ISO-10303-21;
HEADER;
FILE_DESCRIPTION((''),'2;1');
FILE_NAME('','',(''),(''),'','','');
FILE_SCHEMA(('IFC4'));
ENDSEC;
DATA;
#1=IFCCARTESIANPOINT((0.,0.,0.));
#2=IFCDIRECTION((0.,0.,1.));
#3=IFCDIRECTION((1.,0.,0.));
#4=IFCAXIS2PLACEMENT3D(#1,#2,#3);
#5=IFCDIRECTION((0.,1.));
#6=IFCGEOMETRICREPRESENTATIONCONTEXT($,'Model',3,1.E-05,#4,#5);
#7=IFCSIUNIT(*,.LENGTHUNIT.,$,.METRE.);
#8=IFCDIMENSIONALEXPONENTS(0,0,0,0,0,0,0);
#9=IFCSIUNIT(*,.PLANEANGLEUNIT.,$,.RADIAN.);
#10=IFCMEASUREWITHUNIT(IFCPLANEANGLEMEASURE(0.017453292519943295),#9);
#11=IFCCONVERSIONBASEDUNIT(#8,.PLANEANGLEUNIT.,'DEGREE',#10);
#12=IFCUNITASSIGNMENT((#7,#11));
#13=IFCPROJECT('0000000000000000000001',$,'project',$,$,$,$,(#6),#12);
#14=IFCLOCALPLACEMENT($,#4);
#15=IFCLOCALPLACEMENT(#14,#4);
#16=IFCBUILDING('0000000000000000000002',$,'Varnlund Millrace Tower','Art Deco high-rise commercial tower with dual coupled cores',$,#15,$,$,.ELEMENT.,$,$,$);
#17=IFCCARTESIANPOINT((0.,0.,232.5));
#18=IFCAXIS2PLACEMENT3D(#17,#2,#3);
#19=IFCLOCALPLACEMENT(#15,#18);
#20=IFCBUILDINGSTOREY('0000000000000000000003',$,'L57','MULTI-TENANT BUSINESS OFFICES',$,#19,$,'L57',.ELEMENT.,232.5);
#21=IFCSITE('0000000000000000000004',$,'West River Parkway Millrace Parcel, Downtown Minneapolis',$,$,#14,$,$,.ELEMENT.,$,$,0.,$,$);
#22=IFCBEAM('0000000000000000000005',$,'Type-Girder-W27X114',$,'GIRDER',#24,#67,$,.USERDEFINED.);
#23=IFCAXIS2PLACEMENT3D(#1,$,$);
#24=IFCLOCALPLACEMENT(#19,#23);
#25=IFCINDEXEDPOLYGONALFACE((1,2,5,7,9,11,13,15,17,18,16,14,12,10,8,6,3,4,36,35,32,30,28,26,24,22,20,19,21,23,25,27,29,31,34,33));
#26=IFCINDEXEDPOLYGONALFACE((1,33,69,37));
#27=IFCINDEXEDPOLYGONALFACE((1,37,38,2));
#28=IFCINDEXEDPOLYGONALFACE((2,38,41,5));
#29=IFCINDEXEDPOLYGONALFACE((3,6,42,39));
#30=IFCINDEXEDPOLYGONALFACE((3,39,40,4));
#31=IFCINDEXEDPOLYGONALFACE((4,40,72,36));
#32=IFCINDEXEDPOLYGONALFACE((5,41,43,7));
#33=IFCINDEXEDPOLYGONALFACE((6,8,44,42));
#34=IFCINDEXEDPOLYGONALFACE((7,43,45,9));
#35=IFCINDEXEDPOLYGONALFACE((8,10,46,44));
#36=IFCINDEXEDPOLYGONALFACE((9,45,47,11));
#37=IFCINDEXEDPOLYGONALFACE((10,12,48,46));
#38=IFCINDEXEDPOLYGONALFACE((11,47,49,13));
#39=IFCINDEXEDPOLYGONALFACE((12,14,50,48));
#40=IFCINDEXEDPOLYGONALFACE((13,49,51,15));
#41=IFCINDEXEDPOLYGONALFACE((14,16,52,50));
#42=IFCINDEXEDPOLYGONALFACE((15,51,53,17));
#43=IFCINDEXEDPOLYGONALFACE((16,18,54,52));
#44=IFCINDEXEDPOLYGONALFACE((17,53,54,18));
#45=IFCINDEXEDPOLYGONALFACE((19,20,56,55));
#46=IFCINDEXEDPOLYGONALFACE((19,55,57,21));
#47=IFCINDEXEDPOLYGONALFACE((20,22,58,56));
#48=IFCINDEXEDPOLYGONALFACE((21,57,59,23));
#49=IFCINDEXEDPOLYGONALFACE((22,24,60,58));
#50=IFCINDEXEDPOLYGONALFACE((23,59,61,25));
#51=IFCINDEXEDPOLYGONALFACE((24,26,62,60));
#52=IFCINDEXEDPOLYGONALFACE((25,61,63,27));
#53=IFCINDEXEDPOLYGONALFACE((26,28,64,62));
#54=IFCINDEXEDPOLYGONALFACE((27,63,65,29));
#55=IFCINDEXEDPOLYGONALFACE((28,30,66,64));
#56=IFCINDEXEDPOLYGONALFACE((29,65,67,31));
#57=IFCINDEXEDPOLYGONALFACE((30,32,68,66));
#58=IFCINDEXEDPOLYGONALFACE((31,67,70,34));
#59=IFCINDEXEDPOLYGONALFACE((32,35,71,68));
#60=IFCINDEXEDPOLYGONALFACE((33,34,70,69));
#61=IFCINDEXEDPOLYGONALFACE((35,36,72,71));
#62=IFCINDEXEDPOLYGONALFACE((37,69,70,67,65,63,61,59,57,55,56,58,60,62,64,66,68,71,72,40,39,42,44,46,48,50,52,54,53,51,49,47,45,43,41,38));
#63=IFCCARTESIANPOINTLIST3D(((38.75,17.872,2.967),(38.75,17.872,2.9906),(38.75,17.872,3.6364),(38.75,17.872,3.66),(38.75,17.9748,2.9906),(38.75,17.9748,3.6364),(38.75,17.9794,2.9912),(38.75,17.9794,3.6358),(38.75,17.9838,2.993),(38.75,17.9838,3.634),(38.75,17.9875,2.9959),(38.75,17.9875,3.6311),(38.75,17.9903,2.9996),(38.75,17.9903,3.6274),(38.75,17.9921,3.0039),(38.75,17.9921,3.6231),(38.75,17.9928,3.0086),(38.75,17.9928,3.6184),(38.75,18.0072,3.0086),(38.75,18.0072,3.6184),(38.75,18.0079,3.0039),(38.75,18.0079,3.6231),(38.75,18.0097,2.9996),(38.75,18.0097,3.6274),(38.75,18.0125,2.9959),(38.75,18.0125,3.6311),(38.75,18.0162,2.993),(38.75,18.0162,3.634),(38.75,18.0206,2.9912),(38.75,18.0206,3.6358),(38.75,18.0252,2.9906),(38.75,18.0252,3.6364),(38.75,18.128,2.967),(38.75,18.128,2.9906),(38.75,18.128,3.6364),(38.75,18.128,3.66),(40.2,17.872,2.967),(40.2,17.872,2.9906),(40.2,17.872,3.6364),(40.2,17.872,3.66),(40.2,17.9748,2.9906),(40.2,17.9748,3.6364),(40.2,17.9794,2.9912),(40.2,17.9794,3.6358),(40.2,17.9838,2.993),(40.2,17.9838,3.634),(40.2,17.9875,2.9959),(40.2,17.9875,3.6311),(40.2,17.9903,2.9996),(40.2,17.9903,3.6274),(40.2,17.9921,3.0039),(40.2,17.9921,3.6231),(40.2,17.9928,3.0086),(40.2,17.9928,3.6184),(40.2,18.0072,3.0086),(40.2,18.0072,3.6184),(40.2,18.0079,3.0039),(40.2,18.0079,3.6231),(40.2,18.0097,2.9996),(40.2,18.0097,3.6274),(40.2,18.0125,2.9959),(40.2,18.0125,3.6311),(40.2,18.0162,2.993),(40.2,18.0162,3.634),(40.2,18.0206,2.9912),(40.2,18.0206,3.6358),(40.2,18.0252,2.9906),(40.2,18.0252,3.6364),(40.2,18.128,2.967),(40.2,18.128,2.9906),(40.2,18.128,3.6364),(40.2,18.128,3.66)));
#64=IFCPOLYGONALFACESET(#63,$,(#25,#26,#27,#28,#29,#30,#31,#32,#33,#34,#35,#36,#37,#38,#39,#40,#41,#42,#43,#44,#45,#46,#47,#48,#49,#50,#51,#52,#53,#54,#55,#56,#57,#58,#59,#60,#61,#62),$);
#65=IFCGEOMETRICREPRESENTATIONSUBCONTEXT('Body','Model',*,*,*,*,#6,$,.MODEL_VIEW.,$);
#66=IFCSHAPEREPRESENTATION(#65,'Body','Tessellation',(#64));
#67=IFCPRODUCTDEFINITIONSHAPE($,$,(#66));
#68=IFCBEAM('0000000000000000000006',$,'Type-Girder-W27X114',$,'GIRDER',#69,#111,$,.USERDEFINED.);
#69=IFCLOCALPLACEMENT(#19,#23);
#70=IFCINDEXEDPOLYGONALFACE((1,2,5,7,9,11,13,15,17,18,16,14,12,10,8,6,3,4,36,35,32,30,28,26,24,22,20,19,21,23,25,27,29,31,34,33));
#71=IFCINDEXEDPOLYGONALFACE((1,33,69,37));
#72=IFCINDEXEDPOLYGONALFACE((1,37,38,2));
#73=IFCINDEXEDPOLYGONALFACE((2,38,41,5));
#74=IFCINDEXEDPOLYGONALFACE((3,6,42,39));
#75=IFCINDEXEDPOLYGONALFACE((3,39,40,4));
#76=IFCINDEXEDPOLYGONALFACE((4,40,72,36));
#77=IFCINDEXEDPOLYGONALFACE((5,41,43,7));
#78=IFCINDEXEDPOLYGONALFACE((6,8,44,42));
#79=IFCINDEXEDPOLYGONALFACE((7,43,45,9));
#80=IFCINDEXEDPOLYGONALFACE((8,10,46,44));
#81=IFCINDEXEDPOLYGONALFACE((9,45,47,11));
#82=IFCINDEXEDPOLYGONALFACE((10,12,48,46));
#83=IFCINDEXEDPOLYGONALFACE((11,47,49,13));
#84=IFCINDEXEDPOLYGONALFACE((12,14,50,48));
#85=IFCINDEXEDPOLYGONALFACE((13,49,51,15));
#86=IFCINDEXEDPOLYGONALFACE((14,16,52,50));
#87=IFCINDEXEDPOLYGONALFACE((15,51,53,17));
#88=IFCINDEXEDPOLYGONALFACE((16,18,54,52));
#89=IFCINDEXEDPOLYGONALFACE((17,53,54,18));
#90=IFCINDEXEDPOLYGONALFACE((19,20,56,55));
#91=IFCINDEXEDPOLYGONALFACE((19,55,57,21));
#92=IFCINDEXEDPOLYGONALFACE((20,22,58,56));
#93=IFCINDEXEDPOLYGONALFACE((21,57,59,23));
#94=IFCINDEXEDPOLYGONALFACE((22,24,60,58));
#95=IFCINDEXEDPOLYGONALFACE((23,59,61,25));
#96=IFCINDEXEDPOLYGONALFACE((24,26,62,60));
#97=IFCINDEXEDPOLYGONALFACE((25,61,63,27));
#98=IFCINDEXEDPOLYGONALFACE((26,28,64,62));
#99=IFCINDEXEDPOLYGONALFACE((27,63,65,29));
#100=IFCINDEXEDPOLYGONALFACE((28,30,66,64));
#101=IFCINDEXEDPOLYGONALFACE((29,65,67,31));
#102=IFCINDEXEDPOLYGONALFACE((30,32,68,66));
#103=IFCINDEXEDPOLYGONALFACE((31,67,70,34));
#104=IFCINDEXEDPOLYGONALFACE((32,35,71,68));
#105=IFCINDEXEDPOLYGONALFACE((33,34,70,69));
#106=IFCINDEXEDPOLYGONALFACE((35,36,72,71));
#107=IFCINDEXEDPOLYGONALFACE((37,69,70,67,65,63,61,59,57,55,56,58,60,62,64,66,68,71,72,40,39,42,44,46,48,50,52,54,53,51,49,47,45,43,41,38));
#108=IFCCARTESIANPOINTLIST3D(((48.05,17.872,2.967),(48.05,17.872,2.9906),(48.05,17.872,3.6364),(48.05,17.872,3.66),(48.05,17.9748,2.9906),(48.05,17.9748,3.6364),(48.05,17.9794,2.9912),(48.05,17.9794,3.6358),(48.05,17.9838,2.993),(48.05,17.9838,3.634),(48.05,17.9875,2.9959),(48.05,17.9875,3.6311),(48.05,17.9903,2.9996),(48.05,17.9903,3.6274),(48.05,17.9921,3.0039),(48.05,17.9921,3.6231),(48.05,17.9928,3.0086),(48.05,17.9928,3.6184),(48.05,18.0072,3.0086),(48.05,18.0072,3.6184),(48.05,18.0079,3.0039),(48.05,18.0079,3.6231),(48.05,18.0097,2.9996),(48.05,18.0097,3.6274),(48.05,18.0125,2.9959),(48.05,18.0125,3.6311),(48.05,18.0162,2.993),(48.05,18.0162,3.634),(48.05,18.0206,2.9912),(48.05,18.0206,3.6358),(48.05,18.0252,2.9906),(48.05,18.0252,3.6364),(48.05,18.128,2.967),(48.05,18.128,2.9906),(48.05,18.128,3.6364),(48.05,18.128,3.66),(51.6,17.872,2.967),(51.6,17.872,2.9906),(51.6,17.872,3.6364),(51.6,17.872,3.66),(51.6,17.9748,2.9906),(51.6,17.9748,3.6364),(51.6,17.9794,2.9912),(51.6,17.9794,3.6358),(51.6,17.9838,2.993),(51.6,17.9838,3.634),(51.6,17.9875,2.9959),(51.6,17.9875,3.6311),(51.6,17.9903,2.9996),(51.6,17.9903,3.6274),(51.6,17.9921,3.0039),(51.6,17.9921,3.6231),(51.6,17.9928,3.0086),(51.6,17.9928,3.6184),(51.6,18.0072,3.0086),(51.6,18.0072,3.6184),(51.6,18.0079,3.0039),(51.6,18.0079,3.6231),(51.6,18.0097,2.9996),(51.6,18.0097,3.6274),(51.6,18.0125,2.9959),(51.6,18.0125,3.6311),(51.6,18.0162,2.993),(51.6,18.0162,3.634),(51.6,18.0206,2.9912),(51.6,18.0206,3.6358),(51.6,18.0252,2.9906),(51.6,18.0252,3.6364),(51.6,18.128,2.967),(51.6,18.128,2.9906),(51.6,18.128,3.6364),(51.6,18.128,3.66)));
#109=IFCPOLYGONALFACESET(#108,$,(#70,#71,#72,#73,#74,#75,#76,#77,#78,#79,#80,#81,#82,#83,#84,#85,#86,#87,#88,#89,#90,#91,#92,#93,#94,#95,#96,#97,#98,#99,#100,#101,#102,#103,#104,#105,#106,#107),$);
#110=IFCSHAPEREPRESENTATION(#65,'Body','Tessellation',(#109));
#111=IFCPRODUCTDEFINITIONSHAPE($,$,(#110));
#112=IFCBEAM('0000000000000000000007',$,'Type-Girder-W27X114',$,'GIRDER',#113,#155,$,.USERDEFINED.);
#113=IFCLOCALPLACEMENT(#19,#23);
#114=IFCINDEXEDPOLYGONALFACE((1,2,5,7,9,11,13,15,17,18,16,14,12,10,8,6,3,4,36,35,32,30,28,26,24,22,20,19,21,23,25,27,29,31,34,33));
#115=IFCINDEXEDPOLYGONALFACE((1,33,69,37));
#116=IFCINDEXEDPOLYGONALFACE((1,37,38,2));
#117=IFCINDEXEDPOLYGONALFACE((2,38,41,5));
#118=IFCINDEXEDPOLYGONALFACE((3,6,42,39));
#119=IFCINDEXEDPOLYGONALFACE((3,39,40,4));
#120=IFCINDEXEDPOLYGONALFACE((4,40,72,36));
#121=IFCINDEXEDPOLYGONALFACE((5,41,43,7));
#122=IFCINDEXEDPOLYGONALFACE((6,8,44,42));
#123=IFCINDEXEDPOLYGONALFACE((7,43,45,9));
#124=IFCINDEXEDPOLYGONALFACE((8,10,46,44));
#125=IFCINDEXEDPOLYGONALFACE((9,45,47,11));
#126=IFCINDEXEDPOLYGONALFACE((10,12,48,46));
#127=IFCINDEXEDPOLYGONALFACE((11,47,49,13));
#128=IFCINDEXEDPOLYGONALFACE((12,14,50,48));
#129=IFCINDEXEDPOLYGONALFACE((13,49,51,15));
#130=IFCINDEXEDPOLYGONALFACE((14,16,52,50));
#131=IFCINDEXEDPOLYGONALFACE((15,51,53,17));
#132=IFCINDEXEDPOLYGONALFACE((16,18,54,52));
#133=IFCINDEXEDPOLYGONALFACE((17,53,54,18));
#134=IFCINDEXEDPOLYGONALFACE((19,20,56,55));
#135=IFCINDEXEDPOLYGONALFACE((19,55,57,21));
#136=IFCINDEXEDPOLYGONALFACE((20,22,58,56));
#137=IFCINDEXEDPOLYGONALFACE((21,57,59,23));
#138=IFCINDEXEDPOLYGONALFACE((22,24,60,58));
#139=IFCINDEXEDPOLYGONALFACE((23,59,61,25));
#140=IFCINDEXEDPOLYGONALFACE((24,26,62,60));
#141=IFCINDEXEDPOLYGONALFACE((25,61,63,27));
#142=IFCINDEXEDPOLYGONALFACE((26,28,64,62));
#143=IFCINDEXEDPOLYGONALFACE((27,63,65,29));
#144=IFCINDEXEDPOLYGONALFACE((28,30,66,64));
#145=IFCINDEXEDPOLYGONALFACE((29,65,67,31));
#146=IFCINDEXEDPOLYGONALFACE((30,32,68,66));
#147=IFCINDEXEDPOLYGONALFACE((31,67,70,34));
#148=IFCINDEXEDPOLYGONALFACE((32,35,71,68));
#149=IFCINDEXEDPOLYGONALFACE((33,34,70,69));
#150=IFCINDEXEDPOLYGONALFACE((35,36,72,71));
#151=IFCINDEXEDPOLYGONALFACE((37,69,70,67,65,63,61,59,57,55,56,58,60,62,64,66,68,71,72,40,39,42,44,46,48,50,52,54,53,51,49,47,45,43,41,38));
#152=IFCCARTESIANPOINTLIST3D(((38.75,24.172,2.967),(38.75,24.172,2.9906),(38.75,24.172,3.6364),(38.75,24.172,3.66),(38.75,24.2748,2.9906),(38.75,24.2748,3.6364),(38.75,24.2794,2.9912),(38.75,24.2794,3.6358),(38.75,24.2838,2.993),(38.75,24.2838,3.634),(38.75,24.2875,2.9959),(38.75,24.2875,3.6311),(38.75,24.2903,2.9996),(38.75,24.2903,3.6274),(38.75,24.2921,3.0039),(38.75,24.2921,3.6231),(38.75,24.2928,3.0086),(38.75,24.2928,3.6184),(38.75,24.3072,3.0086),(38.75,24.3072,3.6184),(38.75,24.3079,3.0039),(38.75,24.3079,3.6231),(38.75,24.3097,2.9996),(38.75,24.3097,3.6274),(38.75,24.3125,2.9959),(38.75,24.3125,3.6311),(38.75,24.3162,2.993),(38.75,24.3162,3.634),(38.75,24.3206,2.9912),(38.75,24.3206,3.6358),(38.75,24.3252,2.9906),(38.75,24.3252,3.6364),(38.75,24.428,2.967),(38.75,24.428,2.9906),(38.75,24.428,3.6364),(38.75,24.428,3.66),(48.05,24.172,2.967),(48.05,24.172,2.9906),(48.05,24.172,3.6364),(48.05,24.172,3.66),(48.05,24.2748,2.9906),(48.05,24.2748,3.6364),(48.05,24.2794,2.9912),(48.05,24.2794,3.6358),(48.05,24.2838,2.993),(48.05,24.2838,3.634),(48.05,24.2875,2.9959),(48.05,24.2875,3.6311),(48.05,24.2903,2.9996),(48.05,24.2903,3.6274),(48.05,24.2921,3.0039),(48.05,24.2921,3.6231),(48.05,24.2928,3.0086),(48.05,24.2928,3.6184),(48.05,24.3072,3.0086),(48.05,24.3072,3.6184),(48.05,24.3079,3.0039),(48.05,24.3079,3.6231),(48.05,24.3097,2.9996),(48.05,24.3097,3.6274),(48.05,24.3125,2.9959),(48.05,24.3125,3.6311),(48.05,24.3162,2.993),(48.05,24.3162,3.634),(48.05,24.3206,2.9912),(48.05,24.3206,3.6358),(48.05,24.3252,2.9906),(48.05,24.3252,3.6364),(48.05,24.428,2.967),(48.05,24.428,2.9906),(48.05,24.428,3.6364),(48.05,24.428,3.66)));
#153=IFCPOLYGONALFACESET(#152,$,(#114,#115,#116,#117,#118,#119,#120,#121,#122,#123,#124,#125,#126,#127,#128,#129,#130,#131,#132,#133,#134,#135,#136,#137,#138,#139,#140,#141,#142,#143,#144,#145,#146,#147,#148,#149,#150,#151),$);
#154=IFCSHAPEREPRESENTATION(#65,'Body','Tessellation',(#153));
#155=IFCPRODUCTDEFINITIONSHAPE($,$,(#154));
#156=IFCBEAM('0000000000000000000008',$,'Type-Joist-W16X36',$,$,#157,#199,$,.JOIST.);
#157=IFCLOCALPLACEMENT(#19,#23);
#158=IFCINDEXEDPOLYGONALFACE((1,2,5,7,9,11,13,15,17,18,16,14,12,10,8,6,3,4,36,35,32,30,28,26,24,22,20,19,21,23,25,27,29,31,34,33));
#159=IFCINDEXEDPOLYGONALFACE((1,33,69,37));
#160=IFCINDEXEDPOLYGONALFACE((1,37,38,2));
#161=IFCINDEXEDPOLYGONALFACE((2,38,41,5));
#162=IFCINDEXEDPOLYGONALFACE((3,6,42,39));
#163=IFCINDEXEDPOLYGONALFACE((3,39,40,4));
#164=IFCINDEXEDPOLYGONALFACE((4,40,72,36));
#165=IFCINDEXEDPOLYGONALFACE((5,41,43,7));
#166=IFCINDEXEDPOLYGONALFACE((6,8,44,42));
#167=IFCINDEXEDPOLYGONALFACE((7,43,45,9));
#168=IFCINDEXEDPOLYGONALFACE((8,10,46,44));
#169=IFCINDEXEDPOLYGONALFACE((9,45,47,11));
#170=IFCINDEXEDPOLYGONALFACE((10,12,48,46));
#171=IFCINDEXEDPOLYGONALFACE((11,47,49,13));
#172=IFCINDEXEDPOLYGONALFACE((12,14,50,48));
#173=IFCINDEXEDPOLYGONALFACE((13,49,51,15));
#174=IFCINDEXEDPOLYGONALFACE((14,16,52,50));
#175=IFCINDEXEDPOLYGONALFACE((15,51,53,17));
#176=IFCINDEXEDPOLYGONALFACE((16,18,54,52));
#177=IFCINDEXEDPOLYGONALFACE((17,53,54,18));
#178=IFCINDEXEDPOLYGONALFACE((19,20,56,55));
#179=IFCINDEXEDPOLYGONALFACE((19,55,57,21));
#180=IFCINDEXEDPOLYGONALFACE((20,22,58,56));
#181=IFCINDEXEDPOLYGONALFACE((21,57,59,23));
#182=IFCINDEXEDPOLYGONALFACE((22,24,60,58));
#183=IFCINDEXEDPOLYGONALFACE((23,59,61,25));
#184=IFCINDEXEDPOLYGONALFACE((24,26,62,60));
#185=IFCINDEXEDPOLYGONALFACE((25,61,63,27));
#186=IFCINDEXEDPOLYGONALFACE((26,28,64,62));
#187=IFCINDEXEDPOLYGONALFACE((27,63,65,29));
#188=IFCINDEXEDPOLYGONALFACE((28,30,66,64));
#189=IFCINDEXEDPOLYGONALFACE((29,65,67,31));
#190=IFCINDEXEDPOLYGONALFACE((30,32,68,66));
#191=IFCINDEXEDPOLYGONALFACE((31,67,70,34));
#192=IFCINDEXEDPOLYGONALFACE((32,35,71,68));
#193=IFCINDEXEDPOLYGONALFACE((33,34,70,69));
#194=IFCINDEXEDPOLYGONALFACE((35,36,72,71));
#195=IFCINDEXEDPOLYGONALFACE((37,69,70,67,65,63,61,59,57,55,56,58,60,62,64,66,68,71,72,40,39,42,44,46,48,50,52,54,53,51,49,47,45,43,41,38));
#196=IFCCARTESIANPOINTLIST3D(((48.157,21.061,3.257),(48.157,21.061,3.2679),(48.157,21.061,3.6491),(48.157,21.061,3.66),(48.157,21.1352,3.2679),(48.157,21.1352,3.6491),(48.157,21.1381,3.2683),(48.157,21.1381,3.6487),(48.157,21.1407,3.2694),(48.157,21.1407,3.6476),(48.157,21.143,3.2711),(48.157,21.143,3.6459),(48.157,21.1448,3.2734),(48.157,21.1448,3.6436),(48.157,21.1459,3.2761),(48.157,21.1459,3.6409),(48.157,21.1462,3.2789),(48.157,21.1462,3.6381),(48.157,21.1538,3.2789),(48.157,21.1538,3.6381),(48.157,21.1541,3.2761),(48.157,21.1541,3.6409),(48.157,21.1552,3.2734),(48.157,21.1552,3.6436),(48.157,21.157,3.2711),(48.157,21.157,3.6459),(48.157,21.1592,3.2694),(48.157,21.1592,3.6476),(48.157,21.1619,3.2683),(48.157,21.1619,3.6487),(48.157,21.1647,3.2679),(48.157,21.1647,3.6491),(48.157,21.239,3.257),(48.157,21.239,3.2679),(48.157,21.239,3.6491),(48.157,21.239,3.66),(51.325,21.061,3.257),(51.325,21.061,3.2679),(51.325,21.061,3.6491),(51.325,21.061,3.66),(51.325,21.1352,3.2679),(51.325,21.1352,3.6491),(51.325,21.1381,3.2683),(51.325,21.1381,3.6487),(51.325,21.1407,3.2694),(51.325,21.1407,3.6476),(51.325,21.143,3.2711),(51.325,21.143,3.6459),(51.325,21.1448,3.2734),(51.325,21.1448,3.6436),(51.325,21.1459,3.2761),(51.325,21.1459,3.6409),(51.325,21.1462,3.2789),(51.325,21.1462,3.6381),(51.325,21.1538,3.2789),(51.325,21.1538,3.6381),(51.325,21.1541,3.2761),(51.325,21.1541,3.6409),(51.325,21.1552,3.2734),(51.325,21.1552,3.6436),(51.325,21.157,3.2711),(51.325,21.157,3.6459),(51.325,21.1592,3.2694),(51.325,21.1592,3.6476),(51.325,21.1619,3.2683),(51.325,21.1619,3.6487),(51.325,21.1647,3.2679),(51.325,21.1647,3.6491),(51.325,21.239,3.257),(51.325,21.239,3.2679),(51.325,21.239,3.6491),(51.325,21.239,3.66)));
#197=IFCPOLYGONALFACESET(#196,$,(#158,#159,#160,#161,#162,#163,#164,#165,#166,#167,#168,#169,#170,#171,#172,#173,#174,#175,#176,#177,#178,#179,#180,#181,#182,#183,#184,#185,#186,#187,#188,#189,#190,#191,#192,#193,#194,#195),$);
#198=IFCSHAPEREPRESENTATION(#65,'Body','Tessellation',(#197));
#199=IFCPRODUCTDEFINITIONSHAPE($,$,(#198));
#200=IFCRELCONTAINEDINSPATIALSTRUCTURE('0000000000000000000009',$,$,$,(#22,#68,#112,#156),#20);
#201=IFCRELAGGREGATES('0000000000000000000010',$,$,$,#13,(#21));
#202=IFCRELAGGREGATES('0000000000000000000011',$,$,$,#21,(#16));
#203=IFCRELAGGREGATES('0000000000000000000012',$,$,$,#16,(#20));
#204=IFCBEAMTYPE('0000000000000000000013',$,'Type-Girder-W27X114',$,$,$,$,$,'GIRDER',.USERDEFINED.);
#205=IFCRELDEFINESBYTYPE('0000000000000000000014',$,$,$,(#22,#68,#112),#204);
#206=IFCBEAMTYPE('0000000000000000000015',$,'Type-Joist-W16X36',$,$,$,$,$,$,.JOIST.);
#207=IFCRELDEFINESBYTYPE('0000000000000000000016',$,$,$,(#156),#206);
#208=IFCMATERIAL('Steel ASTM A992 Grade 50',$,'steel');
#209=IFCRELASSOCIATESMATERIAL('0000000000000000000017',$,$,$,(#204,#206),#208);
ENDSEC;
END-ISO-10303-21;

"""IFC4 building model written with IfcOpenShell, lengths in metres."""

from ifc_helpers import new_model, entity, si_unit, converted_unit, direction, frame, origin_with_axes, origin_2d_with_axis, place, context, subcontext, project, spatial, i_section, extrude, material, material_profile, profile_set, type_object, element, save


model = new_model("IFC4")

# Units and contexts
model_context = context("Model", 3, precision=1e-05, world=origin_with_axes(), true_north=direction((0.0, 1.0)))
body_context = subcontext(model_context, "Body", "Model", "MODEL_VIEW")
ifc_project = project(units=[si_unit("LENGTHUNIT", "METRE"), converted_unit("PLANEANGLEUNIT", "DEGREE", entity("IfcPlaneAngleMeasure", 0.017453292519943295), si_unit("PLANEANGLEUNIT", "RADIAN"), dimensions=[0, 0, 0, 0, 0, 0, 0])], contexts=[model_context])

# Site, building, storey
site_placement = place(None, origin_with_axes())
site = spatial("IfcSite", under=ifc_project, at=site_placement, Name="West River Parkway Millrace Parcel, Downtown Minneapolis", CompositionType="ELEMENT", RefElevation=0.0)
building_placement = place(site_placement, origin_with_axes())
building = spatial("IfcBuilding", under=site, at=building_placement, Name="Varnlund Millrace Tower", Description="Art Deco high-rise commercial tower with dual coupled cores", CompositionType="ELEMENT")
storey_placement = place(building_placement, frame((0.0, 0.0, 232.5), z_axis=(0.0, 0.0, 1.0), x_axis=(1.0, 0.0, 0.0)))
storey = spatial("IfcBuildingStorey", under=building, at=storey_placement, Name="L57", Description="MULTI-TENANT BUSINESS OFFICES", LongName="L57", CompositionType="ELEMENT", Elevation=232.5)

# Beams
ifc_material_1 = material(Name="Steel ASTM A992 Grade 50", Category="steel")
ifc_material_profile_1 = material_profile(ifc_material_1, i_section(OverallWidth=0.256, OverallDepth=0.693, WebThickness=0.0145, FlangeThickness=0.0236, FilletRadius=0.018, at=origin_2d_with_axis()), Name="Steel ASTM A992 Grade 50")
ifc_profile_set_1 = profile_set([ifc_material_profile_1], Name="Steel ASTM A992 Grade 50")
beam_type_1 = type_object("IfcBeamType", Name="Type-Girder-W27X114", ElementType="GIRDER", PredefinedType="USERDEFINED", material=ifc_profile_set_1)
beam_1_placement = place(storey_placement, frame((38.75, 18.0, 3.3135), z_axis=(1.0, 0.0, 0.0), x_axis=(0.0, 1.0, 0.0)))
element("IfcBeam", 1, at=beam_1_placement, inside=storey, type_object=beam_type_1, Name="Type-Girder-W27X114", ObjectType="GIRDER", PredefinedType="USERDEFINED", context=body_context, shape_type="SweptSolid", body=[
    extrude(i_section(OverallWidth=0.256, OverallDepth=0.693, WebThickness=0.0145, FlangeThickness=0.0236, FilletRadius=0.018, at=origin_2d_with_axis()), origin_with_axes(), (0.0, 0.0, 1.0), 1.45),
])
beam_2_placement = place(storey_placement, frame((48.05, 18.0, 3.3135), z_axis=(1.0, 0.0, 0.0), x_axis=(0.0, 1.0, 0.0)))
element("IfcBeam", 2, at=beam_2_placement, inside=storey, type_object=beam_type_1, Name="Type-Girder-W27X114", ObjectType="GIRDER", PredefinedType="USERDEFINED", context=body_context, shape_type="SweptSolid", body=[
    extrude(i_section(OverallWidth=0.256, OverallDepth=0.693, WebThickness=0.0145, FlangeThickness=0.0236, FilletRadius=0.018, at=origin_2d_with_axis()), origin_with_axes(), (0.0, 0.0, 1.0), 3.55),
])
beam_3_placement = place(storey_placement, frame((38.75, 24.3, 3.3135), z_axis=(1.0, 0.0, 0.0), x_axis=(0.0, 1.0, 0.0)))
element("IfcBeam", 3, at=beam_3_placement, inside=storey, type_object=beam_type_1, Name="Type-Girder-W27X114", ObjectType="GIRDER", PredefinedType="USERDEFINED", context=body_context, shape_type="SweptSolid", body=[
    extrude(i_section(OverallWidth=0.256, OverallDepth=0.693, WebThickness=0.0145, FlangeThickness=0.0236, FilletRadius=0.018, at=origin_2d_with_axis()), origin_with_axes(), (0.0, 0.0, 1.0), 9.3),
])
ifc_material_profile_2 = material_profile(ifc_material_1, i_section(OverallWidth=0.178, OverallDepth=0.403, WebThickness=0.0075, FlangeThickness=0.0109, FilletRadius=0.011, at=origin_2d_with_axis()), Name="Steel ASTM A992 Grade 50")
ifc_profile_set_2 = profile_set([ifc_material_profile_2], Name="Steel ASTM A992 Grade 50")
beam_type_2 = type_object("IfcBeamType", Name="Type-Joist-W16X36", PredefinedType="JOIST", material=ifc_profile_set_2)
beam_4_placement = place(storey_placement, frame((48.157, 21.15, 3.4585), z_axis=(1.0, 0.0, 0.0), x_axis=(0.0, 1.0, 0.0)))
element("IfcBeam", 4, at=beam_4_placement, inside=storey, type_object=beam_type_2, Name="Type-Joist-W16X36", PredefinedType="JOIST", context=body_context, shape_type="SweptSolid", body=[
    extrude(i_section(OverallWidth=0.178, OverallDepth=0.403, WebThickness=0.0075, FlangeThickness=0.0109, FilletRadius=0.011, at=origin_2d_with_axis()), origin_with_axes(), (0.0, 0.0, 1.0), 3.168),
])

save(model, "model.ifc")
